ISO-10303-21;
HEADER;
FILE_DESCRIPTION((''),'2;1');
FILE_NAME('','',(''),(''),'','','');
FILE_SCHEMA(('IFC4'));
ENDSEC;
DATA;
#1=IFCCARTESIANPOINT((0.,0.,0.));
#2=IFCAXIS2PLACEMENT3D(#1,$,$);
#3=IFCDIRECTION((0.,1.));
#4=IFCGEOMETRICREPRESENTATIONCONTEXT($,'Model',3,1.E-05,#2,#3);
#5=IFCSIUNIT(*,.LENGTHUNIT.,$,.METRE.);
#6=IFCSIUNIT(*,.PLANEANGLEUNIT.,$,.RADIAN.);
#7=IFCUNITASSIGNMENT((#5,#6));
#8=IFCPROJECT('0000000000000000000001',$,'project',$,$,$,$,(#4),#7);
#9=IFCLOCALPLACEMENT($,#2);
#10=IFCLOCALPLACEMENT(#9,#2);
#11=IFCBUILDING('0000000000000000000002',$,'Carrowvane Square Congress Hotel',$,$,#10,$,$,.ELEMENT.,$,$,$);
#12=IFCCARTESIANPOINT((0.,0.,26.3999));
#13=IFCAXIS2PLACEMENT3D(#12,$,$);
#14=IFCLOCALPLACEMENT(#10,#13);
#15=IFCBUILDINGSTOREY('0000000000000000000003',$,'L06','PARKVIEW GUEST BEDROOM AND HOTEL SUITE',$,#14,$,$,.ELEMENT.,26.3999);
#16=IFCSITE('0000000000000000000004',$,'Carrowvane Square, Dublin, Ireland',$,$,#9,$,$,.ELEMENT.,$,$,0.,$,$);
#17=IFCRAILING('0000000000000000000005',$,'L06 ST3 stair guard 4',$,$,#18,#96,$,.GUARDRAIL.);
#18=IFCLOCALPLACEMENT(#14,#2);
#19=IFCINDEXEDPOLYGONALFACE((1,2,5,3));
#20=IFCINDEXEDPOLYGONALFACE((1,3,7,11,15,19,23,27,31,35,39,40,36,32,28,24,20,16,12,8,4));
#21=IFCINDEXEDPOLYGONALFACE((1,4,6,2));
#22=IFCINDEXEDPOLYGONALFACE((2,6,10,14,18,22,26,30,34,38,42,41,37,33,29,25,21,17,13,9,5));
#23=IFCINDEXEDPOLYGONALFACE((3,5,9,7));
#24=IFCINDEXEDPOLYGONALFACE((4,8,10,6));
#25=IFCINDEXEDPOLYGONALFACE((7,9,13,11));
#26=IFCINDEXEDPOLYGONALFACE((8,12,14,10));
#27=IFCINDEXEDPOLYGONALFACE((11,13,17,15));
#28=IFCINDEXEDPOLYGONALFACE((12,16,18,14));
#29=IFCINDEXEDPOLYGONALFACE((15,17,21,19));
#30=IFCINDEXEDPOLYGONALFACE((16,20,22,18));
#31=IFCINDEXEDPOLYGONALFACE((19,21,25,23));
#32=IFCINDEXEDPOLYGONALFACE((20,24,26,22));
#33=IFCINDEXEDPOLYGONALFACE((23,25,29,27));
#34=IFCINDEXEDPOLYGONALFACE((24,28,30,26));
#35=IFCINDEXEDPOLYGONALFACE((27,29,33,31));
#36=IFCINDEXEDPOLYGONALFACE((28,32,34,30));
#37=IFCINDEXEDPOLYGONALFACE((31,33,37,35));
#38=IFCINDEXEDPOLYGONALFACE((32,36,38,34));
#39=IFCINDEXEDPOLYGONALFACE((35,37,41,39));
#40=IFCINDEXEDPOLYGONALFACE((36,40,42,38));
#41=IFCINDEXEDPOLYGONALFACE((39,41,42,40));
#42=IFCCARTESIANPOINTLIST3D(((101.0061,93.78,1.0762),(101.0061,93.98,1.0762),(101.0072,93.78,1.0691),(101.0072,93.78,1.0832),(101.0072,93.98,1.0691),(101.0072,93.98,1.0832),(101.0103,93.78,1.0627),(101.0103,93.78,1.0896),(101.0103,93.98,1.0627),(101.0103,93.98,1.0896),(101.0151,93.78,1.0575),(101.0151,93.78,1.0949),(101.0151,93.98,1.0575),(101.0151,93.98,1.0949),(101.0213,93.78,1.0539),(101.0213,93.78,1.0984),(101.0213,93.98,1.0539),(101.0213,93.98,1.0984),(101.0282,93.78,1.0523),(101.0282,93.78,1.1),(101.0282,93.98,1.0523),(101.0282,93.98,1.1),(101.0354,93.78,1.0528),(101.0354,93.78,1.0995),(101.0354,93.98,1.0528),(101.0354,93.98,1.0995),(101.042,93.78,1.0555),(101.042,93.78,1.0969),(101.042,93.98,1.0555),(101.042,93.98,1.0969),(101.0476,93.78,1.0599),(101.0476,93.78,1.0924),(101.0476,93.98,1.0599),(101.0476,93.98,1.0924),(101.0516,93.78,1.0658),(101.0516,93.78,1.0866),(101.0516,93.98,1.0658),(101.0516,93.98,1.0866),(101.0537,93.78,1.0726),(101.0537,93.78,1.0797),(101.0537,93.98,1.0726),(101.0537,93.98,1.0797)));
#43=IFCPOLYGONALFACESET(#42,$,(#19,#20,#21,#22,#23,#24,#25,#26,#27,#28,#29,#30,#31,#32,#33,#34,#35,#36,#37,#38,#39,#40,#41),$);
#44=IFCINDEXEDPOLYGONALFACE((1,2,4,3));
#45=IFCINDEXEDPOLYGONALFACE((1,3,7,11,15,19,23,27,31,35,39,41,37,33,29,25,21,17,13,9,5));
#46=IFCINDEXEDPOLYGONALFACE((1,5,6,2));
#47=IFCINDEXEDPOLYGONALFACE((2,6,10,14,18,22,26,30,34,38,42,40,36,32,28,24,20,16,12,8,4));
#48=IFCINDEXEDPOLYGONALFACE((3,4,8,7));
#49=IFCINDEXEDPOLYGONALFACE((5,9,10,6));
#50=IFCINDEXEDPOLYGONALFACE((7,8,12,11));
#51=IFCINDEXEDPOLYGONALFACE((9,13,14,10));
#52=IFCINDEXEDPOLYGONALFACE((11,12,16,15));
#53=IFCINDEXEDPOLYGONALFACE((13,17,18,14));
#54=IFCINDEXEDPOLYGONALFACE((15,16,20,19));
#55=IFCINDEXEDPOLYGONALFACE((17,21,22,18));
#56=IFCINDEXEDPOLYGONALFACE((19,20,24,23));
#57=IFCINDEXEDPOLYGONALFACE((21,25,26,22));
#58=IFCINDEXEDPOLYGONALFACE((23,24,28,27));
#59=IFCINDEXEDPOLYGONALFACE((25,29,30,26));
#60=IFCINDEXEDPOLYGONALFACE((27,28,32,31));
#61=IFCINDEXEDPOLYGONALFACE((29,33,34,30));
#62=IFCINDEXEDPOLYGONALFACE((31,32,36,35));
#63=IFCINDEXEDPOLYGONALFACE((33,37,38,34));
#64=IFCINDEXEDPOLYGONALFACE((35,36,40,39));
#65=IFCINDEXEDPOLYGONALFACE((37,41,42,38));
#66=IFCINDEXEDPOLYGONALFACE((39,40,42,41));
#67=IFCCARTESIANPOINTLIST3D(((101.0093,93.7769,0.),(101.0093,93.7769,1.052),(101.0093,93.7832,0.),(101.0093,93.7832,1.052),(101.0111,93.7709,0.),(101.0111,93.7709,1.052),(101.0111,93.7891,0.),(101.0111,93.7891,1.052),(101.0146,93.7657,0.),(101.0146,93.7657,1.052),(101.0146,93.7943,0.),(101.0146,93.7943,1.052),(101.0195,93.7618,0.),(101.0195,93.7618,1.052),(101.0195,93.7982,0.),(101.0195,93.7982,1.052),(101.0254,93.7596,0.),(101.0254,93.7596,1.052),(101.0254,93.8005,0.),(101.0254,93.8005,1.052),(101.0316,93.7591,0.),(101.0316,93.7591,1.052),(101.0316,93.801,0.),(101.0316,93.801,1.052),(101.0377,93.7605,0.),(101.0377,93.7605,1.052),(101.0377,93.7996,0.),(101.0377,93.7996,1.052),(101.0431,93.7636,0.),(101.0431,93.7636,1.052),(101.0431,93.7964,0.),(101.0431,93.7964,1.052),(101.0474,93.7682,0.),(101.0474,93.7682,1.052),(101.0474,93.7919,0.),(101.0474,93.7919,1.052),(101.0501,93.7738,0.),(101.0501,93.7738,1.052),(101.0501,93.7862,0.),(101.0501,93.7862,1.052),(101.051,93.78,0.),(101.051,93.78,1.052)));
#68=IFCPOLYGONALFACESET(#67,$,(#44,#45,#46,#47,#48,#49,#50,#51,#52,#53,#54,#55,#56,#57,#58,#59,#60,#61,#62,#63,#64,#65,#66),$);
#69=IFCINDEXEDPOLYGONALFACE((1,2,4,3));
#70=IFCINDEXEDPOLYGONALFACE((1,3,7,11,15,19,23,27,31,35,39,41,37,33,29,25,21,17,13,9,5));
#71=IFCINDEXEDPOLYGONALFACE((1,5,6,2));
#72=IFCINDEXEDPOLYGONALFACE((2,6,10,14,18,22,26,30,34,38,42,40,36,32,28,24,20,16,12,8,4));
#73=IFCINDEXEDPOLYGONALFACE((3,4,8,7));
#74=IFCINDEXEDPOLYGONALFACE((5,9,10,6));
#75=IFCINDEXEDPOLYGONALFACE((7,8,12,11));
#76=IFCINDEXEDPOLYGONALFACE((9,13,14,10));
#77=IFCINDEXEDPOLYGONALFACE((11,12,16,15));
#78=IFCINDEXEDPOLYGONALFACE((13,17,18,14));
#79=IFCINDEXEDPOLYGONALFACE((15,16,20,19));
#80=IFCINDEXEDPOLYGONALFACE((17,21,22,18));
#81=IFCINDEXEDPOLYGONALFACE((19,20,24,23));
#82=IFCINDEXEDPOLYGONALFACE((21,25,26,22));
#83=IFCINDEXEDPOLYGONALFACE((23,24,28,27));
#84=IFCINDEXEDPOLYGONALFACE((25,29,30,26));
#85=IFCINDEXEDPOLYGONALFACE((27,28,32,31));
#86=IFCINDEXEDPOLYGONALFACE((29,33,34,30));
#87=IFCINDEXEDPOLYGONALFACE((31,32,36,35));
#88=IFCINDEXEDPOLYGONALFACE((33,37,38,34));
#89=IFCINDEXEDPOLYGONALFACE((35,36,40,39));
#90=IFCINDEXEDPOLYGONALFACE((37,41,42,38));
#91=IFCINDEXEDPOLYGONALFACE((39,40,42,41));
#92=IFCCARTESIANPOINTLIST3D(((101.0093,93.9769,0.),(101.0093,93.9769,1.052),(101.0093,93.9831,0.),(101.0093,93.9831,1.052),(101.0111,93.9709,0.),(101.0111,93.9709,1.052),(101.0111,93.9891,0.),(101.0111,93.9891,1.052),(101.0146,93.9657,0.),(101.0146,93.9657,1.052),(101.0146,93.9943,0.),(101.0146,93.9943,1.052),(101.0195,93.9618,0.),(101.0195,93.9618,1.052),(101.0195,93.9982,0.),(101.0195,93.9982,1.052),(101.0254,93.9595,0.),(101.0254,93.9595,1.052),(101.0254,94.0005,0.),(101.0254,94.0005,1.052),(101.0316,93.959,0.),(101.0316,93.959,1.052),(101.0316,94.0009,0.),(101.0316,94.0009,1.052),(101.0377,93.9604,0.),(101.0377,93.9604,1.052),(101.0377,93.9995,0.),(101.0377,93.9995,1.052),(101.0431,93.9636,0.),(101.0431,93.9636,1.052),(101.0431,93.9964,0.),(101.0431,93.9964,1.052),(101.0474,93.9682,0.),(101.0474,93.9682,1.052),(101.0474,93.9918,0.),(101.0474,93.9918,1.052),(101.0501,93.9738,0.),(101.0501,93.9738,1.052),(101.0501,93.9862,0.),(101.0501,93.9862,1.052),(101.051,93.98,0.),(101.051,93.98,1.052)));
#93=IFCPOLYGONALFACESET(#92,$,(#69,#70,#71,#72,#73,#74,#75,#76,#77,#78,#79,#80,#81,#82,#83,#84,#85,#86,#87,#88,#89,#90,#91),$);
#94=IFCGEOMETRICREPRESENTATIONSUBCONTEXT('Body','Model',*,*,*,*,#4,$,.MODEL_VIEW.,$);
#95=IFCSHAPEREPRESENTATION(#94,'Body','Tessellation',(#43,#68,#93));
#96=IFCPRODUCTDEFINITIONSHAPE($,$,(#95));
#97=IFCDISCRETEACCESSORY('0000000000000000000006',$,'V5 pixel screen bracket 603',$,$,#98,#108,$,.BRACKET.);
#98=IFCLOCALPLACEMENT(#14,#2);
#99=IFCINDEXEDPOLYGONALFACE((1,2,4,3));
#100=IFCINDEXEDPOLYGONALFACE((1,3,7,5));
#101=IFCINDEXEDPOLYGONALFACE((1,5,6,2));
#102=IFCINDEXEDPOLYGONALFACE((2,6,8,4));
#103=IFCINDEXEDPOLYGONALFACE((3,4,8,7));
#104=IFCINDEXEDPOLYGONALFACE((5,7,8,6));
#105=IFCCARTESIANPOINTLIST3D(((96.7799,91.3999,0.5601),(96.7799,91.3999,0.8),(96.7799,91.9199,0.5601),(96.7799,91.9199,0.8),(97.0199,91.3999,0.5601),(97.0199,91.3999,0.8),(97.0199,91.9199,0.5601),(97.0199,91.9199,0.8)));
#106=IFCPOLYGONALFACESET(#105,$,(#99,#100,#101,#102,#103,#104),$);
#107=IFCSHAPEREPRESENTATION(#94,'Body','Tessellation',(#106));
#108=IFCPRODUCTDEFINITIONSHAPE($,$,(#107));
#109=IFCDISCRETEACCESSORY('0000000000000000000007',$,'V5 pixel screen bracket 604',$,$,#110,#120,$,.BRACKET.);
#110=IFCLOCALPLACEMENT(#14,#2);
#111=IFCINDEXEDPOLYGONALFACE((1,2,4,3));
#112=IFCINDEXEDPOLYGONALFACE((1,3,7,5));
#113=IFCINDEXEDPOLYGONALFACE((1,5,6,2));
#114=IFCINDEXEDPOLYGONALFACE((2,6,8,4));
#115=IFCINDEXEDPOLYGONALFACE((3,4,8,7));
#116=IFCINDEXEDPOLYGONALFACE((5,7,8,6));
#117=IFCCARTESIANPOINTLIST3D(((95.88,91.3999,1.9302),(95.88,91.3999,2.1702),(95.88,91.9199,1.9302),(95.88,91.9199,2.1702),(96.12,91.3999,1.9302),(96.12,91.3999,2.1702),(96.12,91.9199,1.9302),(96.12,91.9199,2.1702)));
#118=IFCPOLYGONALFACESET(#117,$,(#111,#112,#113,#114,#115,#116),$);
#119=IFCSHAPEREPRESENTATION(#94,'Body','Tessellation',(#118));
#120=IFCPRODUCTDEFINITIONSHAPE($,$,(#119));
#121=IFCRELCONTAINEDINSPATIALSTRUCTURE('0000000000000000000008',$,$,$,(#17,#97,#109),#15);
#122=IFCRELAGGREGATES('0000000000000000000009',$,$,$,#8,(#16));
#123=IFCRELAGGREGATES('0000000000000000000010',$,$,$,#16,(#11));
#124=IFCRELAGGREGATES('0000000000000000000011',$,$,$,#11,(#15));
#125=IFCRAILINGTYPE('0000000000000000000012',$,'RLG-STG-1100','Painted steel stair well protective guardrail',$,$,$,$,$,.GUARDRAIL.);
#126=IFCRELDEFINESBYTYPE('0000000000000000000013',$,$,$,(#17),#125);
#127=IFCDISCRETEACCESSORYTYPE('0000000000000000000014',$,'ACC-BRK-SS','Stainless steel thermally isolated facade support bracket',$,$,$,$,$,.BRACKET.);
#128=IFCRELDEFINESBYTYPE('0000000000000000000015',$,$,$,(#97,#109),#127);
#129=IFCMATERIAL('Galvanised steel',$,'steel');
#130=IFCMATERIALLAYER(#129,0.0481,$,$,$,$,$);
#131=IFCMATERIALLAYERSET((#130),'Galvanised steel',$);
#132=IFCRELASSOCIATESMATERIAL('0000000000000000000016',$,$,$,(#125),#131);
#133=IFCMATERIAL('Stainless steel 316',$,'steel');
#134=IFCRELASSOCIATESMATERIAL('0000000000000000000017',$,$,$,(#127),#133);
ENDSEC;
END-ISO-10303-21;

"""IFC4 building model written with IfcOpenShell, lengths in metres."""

from ifc_helpers import new_model, si_unit, direction, frame, origin, origin_2d, place, context, subcontext, project, spatial, rectangle, circle, extrude, material, layer, layer_set, type_object, element, save


model = new_model("IFC4")

# Units and contexts
model_context = context("Model", 3, precision=1e-05, world=origin(), true_north=direction((0.0, 1.0)))
body_context = subcontext(model_context, "Body", "Model", "MODEL_VIEW")
ifc_project = project(units=[si_unit("LENGTHUNIT", "METRE"), si_unit("PLANEANGLEUNIT", "RADIAN")], contexts=[model_context])

# Site, building, storey
site_placement = place(None, origin())
site = spatial("IfcSite", under=ifc_project, at=site_placement, Name="Carrowvane Square, Dublin, Ireland", CompositionType="ELEMENT", RefElevation=0.0)
building_placement = place(site_placement, origin())
building = spatial("IfcBuilding", under=site, at=building_placement, Name="Carrowvane Square Congress Hotel", CompositionType="ELEMENT")
storey_placement = place(building_placement, frame((0.0, 0.0, 26.3999)))
storey = spatial("IfcBuildingStorey", under=building, at=storey_placement, Name="L06", Description="PARKVIEW GUEST BEDROOM AND HOTEL SUITE", CompositionType="ELEMENT", Elevation=26.3999)

# Railing
ifc_material_1 = material(Name="Galvanised steel", Category="steel")
ifc_layer_1 = layer(ifc_material_1, 0.0481)
ifc_layer_set_1 = layer_set([ifc_layer_1], Name="Galvanised steel")
railing_type_1 = type_object("IfcRailingType", Name="RLG-STG-1100", Description="Painted steel stair well protective guardrail", PredefinedType="GUARDRAIL", material=ifc_layer_set_1)
railing_1_placement = place(storey_placement, frame((101.03, 93.78, 0.0)))
element("IfcRailing", 1, at=railing_1_placement, inside=storey, type_object=railing_type_1, Name="L06 ST3 stair guard 4", PredefinedType="GUARDRAIL", context=body_context, shape_type="SweptSolid", body=[
    extrude(circle(Radius=0.0239, at=origin_2d()), frame((0.0, 0.0, 1.0762), z_axis=(0.0, 1.0, 0.0), x_axis=(-1.0, 0.0, 0.0)), (0.0, 0.0, 1.0), 0.2),
    extrude(circle(Radius=0.021, at=origin_2d()), origin(), (0.0, 0.0, 1.0), 1.052),
    extrude(circle(Radius=0.021, at=origin_2d()), frame((0.0, 0.2, 0.0)), (0.0, 0.0, 1.0), 1.052),
])

# Discrete accessories
ifc_material_2 = material(Name="Stainless steel 316", Category="steel")
discrete_accessory_type = type_object("IfcDiscreteAccessoryType", Name="ACC-BRK-SS", Description="Stainless steel thermally isolated facade support bracket", PredefinedType="BRACKET", material=ifc_material_2)
for number, where, z_axis, x_axis, name in (
    (2, (96.8999, 91.6599, 0.5601), (0.0, 0.0, 1.0), (-1.0, 0.0, 0.0), "V5 pixel screen bracket 603"),
    (3, (96.0, 91.6599, 1.9302), (0.0, 0.0, 1.0), (-1.0, 0.0, 0.0), "V5 pixel screen bracket 604"),
):
    element("IfcDiscreteAccessory", number, at=place(storey_placement, frame(where, z_axis=z_axis, x_axis=x_axis)), inside=storey, type_object=discrete_accessory_type, Name=name, PredefinedType="BRACKET", context=body_context, shape_type="SweptSolid", body=[
        extrude(rectangle(XDim=0.24, YDim=0.52, at=origin_2d()), origin(), (0.0, 0.0, 1.0), 0.24),
    ])

save(model, "model.ifc")
